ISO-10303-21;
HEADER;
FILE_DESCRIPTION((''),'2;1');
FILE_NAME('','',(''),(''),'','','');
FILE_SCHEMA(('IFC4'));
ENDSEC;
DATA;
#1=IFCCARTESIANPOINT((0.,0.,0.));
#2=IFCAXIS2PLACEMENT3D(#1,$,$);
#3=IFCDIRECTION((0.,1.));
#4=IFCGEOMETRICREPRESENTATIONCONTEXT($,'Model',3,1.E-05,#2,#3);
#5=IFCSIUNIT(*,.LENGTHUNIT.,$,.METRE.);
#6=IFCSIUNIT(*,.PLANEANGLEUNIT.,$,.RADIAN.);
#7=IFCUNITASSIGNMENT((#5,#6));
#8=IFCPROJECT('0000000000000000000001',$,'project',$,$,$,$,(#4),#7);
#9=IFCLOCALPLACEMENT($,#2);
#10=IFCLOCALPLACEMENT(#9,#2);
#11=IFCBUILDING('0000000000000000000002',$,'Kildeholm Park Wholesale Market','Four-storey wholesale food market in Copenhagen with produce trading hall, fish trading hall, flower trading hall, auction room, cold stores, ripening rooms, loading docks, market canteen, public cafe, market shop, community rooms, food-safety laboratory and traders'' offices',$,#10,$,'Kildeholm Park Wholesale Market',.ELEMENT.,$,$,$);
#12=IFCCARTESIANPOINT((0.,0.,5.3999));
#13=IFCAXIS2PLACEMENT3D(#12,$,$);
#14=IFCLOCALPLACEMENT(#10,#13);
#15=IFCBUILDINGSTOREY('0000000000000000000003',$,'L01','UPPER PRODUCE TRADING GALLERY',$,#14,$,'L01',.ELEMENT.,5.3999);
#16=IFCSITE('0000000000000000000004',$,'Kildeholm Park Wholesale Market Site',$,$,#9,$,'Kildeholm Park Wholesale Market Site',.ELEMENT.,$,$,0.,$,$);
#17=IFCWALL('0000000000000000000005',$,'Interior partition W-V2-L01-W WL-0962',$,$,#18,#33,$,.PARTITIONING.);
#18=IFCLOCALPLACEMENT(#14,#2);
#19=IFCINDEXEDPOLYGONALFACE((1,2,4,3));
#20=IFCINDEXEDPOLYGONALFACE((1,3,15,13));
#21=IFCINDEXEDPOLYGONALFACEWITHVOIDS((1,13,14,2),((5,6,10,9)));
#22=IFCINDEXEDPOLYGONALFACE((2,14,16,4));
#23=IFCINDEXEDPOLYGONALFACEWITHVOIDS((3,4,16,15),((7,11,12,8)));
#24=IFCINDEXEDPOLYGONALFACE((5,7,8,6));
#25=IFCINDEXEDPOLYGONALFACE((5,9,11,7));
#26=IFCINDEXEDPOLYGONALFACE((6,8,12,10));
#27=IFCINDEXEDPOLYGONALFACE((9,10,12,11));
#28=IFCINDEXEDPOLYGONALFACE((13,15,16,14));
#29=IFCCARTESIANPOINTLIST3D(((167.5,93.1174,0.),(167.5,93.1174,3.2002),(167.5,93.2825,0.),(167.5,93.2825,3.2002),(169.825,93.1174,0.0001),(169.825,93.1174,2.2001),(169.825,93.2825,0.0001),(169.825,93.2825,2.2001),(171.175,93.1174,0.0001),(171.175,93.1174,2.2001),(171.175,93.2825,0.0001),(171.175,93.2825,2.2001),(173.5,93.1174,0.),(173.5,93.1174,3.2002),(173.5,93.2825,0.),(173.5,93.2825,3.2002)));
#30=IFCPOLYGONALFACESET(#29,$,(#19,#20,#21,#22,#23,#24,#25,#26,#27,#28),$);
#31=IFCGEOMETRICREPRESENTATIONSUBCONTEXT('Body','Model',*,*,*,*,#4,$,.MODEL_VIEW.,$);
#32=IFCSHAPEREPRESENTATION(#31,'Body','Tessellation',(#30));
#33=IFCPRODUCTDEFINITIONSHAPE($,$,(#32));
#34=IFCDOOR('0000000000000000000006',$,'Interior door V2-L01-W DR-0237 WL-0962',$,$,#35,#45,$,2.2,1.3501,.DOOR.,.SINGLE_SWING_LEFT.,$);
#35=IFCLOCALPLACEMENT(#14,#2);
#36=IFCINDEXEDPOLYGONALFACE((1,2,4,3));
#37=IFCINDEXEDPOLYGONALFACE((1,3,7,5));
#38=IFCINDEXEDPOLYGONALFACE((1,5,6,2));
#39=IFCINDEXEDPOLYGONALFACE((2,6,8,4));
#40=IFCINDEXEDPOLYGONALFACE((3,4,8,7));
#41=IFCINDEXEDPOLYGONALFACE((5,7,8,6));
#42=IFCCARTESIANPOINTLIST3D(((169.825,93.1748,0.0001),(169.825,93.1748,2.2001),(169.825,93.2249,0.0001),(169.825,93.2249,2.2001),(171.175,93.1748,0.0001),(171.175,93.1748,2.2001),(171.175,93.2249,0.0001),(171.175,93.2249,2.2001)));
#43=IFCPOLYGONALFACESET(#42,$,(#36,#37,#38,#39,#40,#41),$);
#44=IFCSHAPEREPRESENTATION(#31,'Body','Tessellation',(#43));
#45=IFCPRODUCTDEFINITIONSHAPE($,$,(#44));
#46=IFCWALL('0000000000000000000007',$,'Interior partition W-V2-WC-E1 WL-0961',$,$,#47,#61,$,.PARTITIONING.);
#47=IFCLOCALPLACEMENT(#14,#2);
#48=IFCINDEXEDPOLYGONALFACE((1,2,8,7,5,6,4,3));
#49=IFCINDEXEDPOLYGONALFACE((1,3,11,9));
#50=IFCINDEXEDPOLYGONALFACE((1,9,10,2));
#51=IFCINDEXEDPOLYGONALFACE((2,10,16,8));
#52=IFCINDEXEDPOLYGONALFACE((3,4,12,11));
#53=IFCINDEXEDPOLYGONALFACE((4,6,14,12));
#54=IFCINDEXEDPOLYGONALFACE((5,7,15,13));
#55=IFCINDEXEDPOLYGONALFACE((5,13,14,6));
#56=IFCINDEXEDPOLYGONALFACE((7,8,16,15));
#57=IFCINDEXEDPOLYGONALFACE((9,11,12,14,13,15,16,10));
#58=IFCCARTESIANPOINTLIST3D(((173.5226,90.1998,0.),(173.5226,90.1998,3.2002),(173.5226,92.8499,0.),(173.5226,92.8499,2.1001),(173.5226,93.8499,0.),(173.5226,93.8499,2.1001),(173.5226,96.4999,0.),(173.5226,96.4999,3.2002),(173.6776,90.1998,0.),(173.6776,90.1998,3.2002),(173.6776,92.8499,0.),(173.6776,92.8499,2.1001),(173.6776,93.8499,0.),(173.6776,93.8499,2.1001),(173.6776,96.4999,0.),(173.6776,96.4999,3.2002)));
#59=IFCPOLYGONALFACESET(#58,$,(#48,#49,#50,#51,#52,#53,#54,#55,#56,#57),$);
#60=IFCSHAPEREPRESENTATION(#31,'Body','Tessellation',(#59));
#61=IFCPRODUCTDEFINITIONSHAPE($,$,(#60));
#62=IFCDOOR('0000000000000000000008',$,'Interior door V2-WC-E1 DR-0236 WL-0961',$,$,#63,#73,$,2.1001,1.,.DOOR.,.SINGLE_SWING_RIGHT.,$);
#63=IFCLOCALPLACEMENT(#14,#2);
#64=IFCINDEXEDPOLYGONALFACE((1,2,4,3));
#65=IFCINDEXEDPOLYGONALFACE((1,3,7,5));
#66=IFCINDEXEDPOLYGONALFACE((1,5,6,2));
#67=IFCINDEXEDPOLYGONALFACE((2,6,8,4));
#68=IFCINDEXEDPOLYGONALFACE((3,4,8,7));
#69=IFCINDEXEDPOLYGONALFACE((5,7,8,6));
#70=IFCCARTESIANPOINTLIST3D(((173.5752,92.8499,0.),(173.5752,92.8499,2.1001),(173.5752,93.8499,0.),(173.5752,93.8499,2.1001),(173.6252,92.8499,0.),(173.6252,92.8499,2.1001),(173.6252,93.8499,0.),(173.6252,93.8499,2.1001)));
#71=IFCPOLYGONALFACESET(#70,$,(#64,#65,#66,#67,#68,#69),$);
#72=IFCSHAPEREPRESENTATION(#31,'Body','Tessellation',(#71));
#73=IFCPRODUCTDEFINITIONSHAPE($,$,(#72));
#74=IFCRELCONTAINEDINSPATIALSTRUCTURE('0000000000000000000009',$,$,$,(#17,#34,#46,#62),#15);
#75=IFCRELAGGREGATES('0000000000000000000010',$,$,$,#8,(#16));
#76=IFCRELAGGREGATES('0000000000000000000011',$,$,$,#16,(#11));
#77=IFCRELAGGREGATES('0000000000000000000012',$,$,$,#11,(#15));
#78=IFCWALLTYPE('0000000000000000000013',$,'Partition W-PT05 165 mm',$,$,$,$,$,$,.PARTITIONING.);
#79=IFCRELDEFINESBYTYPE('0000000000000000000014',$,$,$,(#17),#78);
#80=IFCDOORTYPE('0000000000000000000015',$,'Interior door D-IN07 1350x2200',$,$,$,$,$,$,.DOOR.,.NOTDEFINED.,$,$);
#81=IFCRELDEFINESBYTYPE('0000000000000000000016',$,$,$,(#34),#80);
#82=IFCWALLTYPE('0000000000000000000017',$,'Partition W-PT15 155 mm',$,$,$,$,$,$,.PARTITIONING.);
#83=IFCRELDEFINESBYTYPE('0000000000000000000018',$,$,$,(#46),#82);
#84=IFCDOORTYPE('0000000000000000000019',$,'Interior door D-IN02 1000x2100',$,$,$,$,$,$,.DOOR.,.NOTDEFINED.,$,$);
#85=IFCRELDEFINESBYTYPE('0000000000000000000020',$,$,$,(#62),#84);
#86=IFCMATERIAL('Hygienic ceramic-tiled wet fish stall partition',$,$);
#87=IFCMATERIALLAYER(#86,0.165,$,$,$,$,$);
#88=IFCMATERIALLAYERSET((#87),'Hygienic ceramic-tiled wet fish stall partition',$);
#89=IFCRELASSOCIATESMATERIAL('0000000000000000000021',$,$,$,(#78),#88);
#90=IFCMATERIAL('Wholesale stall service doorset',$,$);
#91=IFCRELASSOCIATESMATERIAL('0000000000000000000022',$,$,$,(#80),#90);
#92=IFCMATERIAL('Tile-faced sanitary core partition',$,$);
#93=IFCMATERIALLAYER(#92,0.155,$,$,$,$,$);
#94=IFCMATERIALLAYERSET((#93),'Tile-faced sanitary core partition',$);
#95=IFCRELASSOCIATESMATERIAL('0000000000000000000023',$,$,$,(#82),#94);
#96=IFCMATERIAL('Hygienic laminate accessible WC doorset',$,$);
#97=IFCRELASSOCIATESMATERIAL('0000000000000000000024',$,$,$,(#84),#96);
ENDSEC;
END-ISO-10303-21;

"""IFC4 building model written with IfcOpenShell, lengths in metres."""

from ifc_helpers import new_model, si_unit, direction, frame, frame_2d, origin, place, context, subcontext, project, spatial, rectangle, extrude, material, layer, layer_set, type_object, element, fill, save


model = new_model("IFC4")

# Units and contexts
model_context = context("Model", 3, precision=1e-05, world=origin(), true_north=direction((0.0, 1.0)))
body_context = subcontext(model_context, "Body", "Model", "MODEL_VIEW")
ifc_project = project(units=[si_unit("LENGTHUNIT", "METRE"), si_unit("PLANEANGLEUNIT", "RADIAN")], contexts=[model_context])

# Site, building, storey
site_placement = place(None, origin())
site = spatial("IfcSite", under=ifc_project, at=site_placement, Name="Kildeholm Park Wholesale Market Site", LongName="Kildeholm Park Wholesale Market Site", CompositionType="ELEMENT", RefElevation=0.0)
building_placement = place(site_placement, origin())
building = spatial("IfcBuilding", under=site, at=building_placement, Name="Kildeholm Park Wholesale Market", Description="Four-storey wholesale food market in Copenhagen with produce trading hall, fish trading hall, flower trading hall, auction room, cold stores, ripening rooms, loading docks, market canteen, public cafe, market shop, community rooms, food-safety laboratory and traders' offices", LongName="Kildeholm Park Wholesale Market", CompositionType="ELEMENT")
storey_placement = place(building_placement, frame((0.0, 0.0, 5.3999)))
storey = spatial("IfcBuildingStorey", under=building, at=storey_placement, Name="L01", Description="UPPER PRODUCE TRADING GALLERY", LongName="L01", CompositionType="ELEMENT", Elevation=5.3999)

# Walls, openings, doors
ifc_material_1 = material(Name="Hygienic ceramic-tiled wet fish stall partition")
ifc_layer_1 = layer(ifc_material_1, 0.165)
ifc_layer_set_1 = layer_set([ifc_layer_1], Name="Hygienic ceramic-tiled wet fish stall partition")
wall_type_1 = type_object("IfcWallType", Name="Partition W-PT05 165 mm", PredefinedType="PARTITIONING", material=ifc_layer_set_1)
wall_1_placement = place(storey_placement, frame((167.5, 93.2, 0.0), z_axis=(0.0, 0.0, 1.0), x_axis=(1.0, 0.0, 0.0)))
wall_1 = element("IfcWall", 1, at=wall_1_placement, inside=storey, type_object=wall_type_1, Name="Interior partition W-V2-L01-W WL-0962", PredefinedType="PARTITIONING", context=body_context, shape_type="SweptSolid", body=[
    extrude(rectangle(XDim=6.0, YDim=0.165, at=frame_2d((3.0, 0.0))), origin(), (0.0, 0.0, 1.0), 3.2002),
])
opening_1_placement = place(wall_1_placement, frame((2.325, 0.0, 0.0)))
opening_1 = element("IfcOpeningElement", 2, at=opening_1_placement, cuts=wall_1, PredefinedType="OPENING", context=body_context, shape_type="SweptSolid", body=[
    extrude(rectangle(XDim=1.3501, YDim=2.2, at=frame_2d((0.675, 1.1001))), frame((0.0, 0.0925, 0.0), z_axis=(0.0, -1.0, 0.0), x_axis=(1.0, 0.0, 0.0)), (0.0, 0.0, 1.0), 0.1851),
])
ifc_material_2 = material(Name="Wholesale stall service doorset")
door_type_1 = type_object("IfcDoorType", Name="Interior door D-IN07 1350x2200", OperationType="NOTDEFINED", PredefinedType="DOOR", material=ifc_material_2)
door_1_placement = place(opening_1_placement, origin())
door_1 = element("IfcDoor", 3, at=door_1_placement, inside=storey, type_object=door_type_1, Name="Interior door V2-L01-W DR-0237 WL-0962", OperationType="SINGLE_SWING_LEFT", OverallHeight=2.2, OverallWidth=1.3501, PredefinedType="DOOR", context=body_context, shape_type="SweptSolid", body=[
    extrude(rectangle(XDim=1.3501, YDim=2.2, at=frame_2d((0.675, 1.1001))), frame((0.0, 0.0249, 0.0), z_axis=(0.0, -1.0, 0.0), x_axis=(1.0, 0.0, 0.0)), (0.0, 0.0, 1.0), 0.05),
])
fill(opening_1, door_1)
ifc_material_3 = material(Name="Tile-faced sanitary core partition")
ifc_layer_2 = layer(ifc_material_3, 0.155)
ifc_layer_set_2 = layer_set([ifc_layer_2], Name="Tile-faced sanitary core partition")
wall_type_2 = type_object("IfcWallType", Name="Partition W-PT15 155 mm", PredefinedType="PARTITIONING", material=ifc_layer_set_2)
wall_2_placement = place(storey_placement, frame((173.6001, 90.2, 0.0), z_axis=(0.0, 0.0, 1.0), x_axis=(0.0, 1.0, 0.0)))
wall_2 = element("IfcWall", 4, at=wall_2_placement, inside=storey, type_object=wall_type_2, Name="Interior partition W-V2-WC-E1 WL-0961", PredefinedType="PARTITIONING", context=body_context, shape_type="SweptSolid", body=[
    extrude(rectangle(XDim=6.3, YDim=0.155, at=frame_2d((3.1499, 0.0))), origin(), (0.0, 0.0, 1.0), 3.2002),
])
opening_2_placement = place(wall_2_placement, frame((2.6499, 0.0, 0.0)))
opening_2 = element("IfcOpeningElement", 5, at=opening_2_placement, cuts=wall_2, PredefinedType="OPENING", context=body_context, shape_type="SweptSolid", body=[
    extrude(rectangle(XDim=1.0, YDim=2.1001, at=frame_2d((0.5, 1.05))), frame((0.0, 0.0874, 0.0), z_axis=(0.0, -1.0, 0.0), x_axis=(1.0, 0.0, 0.0)), (0.0, 0.0, 1.0), 0.175),
])
ifc_material_4 = material(Name="Hygienic laminate accessible WC doorset")
door_type_2 = type_object("IfcDoorType", Name="Interior door D-IN02 1000x2100", OperationType="NOTDEFINED", PredefinedType="DOOR", material=ifc_material_4)
door_2_placement = place(opening_2_placement, origin())
door_2 = element("IfcDoor", 6, at=door_2_placement, inside=storey, type_object=door_type_2, Name="Interior door V2-WC-E1 DR-0236 WL-0961", OperationType="SINGLE_SWING_RIGHT", OverallHeight=2.1001, OverallWidth=1.0, PredefinedType="DOOR", context=body_context, shape_type="SweptSolid", body=[
    extrude(rectangle(XDim=1.0, YDim=2.1001, at=frame_2d((0.5, 1.05))), frame((0.0, 0.0249, 0.0), z_axis=(0.0, -1.0, 0.0), x_axis=(1.0, 0.0, 0.0)), (0.0, 0.0, 1.0), 0.05),
])
fill(opening_2, door_2)

save(model, "model.ifc")
